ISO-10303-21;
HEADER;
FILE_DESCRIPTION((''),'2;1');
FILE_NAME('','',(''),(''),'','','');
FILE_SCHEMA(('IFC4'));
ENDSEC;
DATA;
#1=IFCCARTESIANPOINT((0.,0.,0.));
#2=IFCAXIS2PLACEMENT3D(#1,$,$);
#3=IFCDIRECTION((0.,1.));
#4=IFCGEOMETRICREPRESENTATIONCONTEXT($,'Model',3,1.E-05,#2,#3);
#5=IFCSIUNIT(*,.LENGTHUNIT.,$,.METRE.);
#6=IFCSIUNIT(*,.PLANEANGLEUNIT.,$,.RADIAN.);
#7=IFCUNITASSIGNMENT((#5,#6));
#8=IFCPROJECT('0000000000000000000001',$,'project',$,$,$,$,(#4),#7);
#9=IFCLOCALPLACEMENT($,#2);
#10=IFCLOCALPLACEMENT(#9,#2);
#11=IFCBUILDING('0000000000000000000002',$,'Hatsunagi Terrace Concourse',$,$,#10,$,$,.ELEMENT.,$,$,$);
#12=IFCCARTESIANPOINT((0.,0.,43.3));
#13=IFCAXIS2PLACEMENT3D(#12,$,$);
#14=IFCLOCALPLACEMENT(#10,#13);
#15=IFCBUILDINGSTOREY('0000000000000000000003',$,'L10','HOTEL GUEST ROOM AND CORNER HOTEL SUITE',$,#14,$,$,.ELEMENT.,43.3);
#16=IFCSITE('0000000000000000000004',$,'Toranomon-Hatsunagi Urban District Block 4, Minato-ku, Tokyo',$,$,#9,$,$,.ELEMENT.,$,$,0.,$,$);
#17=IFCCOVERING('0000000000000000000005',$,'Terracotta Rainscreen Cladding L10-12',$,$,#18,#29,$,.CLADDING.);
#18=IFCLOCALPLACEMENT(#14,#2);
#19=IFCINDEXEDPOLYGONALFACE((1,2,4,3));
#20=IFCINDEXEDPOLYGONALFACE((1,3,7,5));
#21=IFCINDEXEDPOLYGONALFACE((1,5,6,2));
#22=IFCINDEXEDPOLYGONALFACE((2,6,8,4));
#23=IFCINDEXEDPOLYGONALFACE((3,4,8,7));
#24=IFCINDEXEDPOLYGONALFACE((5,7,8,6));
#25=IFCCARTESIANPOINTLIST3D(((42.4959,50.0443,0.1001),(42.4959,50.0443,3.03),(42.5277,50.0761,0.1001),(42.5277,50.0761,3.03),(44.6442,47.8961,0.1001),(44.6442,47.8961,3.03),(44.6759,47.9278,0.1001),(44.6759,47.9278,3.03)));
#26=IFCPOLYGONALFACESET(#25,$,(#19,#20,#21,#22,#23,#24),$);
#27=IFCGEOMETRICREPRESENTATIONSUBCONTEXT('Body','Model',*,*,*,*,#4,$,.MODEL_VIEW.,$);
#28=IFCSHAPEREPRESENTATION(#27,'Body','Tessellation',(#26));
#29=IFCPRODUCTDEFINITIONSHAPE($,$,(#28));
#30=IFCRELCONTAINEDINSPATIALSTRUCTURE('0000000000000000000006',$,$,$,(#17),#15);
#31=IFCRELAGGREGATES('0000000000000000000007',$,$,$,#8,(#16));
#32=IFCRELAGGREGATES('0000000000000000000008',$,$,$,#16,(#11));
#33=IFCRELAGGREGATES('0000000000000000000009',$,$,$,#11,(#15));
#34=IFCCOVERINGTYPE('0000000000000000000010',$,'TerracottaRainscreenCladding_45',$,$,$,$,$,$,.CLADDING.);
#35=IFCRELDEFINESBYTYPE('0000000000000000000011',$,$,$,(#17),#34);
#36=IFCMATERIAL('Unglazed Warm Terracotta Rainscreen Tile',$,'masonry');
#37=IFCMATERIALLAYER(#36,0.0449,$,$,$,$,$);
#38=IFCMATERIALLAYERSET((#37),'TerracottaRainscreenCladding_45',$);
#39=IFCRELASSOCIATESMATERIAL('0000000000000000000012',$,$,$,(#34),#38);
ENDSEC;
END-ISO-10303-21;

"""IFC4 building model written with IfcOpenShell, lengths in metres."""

from ifc_helpers import new_model, si_unit, direction, frame, origin, origin_2d, place, context, subcontext, project, spatial, rectangle, extrude, material, layer, layer_set, type_object, element, save


model = new_model("IFC4")

# Units and contexts
model_context = context("Model", 3, precision=1e-05, world=origin(), true_north=direction((0.0, 1.0)))
body_context = subcontext(model_context, "Body", "Model", "MODEL_VIEW")
ifc_project = project(units=[si_unit("LENGTHUNIT", "METRE"), si_unit("PLANEANGLEUNIT", "RADIAN")], contexts=[model_context])

# Site, building, storey
site_placement = place(None, origin())
site = spatial("IfcSite", under=ifc_project, at=site_placement, Name="Toranomon-Hatsunagi Urban District Block 4, Minato-ku, Tokyo", CompositionType="ELEMENT", RefElevation=0.0)
building_placement = place(site_placement, origin())
building = spatial("IfcBuilding", under=site, at=building_placement, Name="Hatsunagi Terrace Concourse", CompositionType="ELEMENT")
storey_placement = place(building_placement, frame((0.0, 0.0, 43.3)))
storey = spatial("IfcBuildingStorey", under=building, at=storey_placement, Name="L10", Description="HOTEL GUEST ROOM AND CORNER HOTEL SUITE", CompositionType="ELEMENT", Elevation=43.3)

# Covering
ifc_material_1 = material(Name="Unglazed Warm Terracotta Rainscreen Tile", Category="masonry")
ifc_layer_1 = layer(ifc_material_1, 0.0449)
ifc_layer_set_1 = layer_set([ifc_layer_1], Name="TerracottaRainscreenCladding_45")
covering_type = type_object("IfcCoveringType", Name="TerracottaRainscreenCladding_45", PredefinedType="CLADDING", material=ifc_layer_set_1)
covering_placement = place(storey_placement, frame((43.5859, 48.9861, 0.1001), z_axis=(0.0, 0.0, 1.0), x_axis=(0.707107, -0.707107, 0.0)))
element("IfcCovering", 1, at=covering_placement, inside=storey, type_object=covering_type, Name="Terracotta Rainscreen Cladding L10-12", PredefinedType="CLADDING", context=body_context, shape_type="SweptSolid", body=[
    extrude(rectangle(XDim=3.0381, YDim=0.0449, at=origin_2d()), origin(), (0.0, 0.0, 1.0), 2.9299),
])

save(model, "model.ifc")
